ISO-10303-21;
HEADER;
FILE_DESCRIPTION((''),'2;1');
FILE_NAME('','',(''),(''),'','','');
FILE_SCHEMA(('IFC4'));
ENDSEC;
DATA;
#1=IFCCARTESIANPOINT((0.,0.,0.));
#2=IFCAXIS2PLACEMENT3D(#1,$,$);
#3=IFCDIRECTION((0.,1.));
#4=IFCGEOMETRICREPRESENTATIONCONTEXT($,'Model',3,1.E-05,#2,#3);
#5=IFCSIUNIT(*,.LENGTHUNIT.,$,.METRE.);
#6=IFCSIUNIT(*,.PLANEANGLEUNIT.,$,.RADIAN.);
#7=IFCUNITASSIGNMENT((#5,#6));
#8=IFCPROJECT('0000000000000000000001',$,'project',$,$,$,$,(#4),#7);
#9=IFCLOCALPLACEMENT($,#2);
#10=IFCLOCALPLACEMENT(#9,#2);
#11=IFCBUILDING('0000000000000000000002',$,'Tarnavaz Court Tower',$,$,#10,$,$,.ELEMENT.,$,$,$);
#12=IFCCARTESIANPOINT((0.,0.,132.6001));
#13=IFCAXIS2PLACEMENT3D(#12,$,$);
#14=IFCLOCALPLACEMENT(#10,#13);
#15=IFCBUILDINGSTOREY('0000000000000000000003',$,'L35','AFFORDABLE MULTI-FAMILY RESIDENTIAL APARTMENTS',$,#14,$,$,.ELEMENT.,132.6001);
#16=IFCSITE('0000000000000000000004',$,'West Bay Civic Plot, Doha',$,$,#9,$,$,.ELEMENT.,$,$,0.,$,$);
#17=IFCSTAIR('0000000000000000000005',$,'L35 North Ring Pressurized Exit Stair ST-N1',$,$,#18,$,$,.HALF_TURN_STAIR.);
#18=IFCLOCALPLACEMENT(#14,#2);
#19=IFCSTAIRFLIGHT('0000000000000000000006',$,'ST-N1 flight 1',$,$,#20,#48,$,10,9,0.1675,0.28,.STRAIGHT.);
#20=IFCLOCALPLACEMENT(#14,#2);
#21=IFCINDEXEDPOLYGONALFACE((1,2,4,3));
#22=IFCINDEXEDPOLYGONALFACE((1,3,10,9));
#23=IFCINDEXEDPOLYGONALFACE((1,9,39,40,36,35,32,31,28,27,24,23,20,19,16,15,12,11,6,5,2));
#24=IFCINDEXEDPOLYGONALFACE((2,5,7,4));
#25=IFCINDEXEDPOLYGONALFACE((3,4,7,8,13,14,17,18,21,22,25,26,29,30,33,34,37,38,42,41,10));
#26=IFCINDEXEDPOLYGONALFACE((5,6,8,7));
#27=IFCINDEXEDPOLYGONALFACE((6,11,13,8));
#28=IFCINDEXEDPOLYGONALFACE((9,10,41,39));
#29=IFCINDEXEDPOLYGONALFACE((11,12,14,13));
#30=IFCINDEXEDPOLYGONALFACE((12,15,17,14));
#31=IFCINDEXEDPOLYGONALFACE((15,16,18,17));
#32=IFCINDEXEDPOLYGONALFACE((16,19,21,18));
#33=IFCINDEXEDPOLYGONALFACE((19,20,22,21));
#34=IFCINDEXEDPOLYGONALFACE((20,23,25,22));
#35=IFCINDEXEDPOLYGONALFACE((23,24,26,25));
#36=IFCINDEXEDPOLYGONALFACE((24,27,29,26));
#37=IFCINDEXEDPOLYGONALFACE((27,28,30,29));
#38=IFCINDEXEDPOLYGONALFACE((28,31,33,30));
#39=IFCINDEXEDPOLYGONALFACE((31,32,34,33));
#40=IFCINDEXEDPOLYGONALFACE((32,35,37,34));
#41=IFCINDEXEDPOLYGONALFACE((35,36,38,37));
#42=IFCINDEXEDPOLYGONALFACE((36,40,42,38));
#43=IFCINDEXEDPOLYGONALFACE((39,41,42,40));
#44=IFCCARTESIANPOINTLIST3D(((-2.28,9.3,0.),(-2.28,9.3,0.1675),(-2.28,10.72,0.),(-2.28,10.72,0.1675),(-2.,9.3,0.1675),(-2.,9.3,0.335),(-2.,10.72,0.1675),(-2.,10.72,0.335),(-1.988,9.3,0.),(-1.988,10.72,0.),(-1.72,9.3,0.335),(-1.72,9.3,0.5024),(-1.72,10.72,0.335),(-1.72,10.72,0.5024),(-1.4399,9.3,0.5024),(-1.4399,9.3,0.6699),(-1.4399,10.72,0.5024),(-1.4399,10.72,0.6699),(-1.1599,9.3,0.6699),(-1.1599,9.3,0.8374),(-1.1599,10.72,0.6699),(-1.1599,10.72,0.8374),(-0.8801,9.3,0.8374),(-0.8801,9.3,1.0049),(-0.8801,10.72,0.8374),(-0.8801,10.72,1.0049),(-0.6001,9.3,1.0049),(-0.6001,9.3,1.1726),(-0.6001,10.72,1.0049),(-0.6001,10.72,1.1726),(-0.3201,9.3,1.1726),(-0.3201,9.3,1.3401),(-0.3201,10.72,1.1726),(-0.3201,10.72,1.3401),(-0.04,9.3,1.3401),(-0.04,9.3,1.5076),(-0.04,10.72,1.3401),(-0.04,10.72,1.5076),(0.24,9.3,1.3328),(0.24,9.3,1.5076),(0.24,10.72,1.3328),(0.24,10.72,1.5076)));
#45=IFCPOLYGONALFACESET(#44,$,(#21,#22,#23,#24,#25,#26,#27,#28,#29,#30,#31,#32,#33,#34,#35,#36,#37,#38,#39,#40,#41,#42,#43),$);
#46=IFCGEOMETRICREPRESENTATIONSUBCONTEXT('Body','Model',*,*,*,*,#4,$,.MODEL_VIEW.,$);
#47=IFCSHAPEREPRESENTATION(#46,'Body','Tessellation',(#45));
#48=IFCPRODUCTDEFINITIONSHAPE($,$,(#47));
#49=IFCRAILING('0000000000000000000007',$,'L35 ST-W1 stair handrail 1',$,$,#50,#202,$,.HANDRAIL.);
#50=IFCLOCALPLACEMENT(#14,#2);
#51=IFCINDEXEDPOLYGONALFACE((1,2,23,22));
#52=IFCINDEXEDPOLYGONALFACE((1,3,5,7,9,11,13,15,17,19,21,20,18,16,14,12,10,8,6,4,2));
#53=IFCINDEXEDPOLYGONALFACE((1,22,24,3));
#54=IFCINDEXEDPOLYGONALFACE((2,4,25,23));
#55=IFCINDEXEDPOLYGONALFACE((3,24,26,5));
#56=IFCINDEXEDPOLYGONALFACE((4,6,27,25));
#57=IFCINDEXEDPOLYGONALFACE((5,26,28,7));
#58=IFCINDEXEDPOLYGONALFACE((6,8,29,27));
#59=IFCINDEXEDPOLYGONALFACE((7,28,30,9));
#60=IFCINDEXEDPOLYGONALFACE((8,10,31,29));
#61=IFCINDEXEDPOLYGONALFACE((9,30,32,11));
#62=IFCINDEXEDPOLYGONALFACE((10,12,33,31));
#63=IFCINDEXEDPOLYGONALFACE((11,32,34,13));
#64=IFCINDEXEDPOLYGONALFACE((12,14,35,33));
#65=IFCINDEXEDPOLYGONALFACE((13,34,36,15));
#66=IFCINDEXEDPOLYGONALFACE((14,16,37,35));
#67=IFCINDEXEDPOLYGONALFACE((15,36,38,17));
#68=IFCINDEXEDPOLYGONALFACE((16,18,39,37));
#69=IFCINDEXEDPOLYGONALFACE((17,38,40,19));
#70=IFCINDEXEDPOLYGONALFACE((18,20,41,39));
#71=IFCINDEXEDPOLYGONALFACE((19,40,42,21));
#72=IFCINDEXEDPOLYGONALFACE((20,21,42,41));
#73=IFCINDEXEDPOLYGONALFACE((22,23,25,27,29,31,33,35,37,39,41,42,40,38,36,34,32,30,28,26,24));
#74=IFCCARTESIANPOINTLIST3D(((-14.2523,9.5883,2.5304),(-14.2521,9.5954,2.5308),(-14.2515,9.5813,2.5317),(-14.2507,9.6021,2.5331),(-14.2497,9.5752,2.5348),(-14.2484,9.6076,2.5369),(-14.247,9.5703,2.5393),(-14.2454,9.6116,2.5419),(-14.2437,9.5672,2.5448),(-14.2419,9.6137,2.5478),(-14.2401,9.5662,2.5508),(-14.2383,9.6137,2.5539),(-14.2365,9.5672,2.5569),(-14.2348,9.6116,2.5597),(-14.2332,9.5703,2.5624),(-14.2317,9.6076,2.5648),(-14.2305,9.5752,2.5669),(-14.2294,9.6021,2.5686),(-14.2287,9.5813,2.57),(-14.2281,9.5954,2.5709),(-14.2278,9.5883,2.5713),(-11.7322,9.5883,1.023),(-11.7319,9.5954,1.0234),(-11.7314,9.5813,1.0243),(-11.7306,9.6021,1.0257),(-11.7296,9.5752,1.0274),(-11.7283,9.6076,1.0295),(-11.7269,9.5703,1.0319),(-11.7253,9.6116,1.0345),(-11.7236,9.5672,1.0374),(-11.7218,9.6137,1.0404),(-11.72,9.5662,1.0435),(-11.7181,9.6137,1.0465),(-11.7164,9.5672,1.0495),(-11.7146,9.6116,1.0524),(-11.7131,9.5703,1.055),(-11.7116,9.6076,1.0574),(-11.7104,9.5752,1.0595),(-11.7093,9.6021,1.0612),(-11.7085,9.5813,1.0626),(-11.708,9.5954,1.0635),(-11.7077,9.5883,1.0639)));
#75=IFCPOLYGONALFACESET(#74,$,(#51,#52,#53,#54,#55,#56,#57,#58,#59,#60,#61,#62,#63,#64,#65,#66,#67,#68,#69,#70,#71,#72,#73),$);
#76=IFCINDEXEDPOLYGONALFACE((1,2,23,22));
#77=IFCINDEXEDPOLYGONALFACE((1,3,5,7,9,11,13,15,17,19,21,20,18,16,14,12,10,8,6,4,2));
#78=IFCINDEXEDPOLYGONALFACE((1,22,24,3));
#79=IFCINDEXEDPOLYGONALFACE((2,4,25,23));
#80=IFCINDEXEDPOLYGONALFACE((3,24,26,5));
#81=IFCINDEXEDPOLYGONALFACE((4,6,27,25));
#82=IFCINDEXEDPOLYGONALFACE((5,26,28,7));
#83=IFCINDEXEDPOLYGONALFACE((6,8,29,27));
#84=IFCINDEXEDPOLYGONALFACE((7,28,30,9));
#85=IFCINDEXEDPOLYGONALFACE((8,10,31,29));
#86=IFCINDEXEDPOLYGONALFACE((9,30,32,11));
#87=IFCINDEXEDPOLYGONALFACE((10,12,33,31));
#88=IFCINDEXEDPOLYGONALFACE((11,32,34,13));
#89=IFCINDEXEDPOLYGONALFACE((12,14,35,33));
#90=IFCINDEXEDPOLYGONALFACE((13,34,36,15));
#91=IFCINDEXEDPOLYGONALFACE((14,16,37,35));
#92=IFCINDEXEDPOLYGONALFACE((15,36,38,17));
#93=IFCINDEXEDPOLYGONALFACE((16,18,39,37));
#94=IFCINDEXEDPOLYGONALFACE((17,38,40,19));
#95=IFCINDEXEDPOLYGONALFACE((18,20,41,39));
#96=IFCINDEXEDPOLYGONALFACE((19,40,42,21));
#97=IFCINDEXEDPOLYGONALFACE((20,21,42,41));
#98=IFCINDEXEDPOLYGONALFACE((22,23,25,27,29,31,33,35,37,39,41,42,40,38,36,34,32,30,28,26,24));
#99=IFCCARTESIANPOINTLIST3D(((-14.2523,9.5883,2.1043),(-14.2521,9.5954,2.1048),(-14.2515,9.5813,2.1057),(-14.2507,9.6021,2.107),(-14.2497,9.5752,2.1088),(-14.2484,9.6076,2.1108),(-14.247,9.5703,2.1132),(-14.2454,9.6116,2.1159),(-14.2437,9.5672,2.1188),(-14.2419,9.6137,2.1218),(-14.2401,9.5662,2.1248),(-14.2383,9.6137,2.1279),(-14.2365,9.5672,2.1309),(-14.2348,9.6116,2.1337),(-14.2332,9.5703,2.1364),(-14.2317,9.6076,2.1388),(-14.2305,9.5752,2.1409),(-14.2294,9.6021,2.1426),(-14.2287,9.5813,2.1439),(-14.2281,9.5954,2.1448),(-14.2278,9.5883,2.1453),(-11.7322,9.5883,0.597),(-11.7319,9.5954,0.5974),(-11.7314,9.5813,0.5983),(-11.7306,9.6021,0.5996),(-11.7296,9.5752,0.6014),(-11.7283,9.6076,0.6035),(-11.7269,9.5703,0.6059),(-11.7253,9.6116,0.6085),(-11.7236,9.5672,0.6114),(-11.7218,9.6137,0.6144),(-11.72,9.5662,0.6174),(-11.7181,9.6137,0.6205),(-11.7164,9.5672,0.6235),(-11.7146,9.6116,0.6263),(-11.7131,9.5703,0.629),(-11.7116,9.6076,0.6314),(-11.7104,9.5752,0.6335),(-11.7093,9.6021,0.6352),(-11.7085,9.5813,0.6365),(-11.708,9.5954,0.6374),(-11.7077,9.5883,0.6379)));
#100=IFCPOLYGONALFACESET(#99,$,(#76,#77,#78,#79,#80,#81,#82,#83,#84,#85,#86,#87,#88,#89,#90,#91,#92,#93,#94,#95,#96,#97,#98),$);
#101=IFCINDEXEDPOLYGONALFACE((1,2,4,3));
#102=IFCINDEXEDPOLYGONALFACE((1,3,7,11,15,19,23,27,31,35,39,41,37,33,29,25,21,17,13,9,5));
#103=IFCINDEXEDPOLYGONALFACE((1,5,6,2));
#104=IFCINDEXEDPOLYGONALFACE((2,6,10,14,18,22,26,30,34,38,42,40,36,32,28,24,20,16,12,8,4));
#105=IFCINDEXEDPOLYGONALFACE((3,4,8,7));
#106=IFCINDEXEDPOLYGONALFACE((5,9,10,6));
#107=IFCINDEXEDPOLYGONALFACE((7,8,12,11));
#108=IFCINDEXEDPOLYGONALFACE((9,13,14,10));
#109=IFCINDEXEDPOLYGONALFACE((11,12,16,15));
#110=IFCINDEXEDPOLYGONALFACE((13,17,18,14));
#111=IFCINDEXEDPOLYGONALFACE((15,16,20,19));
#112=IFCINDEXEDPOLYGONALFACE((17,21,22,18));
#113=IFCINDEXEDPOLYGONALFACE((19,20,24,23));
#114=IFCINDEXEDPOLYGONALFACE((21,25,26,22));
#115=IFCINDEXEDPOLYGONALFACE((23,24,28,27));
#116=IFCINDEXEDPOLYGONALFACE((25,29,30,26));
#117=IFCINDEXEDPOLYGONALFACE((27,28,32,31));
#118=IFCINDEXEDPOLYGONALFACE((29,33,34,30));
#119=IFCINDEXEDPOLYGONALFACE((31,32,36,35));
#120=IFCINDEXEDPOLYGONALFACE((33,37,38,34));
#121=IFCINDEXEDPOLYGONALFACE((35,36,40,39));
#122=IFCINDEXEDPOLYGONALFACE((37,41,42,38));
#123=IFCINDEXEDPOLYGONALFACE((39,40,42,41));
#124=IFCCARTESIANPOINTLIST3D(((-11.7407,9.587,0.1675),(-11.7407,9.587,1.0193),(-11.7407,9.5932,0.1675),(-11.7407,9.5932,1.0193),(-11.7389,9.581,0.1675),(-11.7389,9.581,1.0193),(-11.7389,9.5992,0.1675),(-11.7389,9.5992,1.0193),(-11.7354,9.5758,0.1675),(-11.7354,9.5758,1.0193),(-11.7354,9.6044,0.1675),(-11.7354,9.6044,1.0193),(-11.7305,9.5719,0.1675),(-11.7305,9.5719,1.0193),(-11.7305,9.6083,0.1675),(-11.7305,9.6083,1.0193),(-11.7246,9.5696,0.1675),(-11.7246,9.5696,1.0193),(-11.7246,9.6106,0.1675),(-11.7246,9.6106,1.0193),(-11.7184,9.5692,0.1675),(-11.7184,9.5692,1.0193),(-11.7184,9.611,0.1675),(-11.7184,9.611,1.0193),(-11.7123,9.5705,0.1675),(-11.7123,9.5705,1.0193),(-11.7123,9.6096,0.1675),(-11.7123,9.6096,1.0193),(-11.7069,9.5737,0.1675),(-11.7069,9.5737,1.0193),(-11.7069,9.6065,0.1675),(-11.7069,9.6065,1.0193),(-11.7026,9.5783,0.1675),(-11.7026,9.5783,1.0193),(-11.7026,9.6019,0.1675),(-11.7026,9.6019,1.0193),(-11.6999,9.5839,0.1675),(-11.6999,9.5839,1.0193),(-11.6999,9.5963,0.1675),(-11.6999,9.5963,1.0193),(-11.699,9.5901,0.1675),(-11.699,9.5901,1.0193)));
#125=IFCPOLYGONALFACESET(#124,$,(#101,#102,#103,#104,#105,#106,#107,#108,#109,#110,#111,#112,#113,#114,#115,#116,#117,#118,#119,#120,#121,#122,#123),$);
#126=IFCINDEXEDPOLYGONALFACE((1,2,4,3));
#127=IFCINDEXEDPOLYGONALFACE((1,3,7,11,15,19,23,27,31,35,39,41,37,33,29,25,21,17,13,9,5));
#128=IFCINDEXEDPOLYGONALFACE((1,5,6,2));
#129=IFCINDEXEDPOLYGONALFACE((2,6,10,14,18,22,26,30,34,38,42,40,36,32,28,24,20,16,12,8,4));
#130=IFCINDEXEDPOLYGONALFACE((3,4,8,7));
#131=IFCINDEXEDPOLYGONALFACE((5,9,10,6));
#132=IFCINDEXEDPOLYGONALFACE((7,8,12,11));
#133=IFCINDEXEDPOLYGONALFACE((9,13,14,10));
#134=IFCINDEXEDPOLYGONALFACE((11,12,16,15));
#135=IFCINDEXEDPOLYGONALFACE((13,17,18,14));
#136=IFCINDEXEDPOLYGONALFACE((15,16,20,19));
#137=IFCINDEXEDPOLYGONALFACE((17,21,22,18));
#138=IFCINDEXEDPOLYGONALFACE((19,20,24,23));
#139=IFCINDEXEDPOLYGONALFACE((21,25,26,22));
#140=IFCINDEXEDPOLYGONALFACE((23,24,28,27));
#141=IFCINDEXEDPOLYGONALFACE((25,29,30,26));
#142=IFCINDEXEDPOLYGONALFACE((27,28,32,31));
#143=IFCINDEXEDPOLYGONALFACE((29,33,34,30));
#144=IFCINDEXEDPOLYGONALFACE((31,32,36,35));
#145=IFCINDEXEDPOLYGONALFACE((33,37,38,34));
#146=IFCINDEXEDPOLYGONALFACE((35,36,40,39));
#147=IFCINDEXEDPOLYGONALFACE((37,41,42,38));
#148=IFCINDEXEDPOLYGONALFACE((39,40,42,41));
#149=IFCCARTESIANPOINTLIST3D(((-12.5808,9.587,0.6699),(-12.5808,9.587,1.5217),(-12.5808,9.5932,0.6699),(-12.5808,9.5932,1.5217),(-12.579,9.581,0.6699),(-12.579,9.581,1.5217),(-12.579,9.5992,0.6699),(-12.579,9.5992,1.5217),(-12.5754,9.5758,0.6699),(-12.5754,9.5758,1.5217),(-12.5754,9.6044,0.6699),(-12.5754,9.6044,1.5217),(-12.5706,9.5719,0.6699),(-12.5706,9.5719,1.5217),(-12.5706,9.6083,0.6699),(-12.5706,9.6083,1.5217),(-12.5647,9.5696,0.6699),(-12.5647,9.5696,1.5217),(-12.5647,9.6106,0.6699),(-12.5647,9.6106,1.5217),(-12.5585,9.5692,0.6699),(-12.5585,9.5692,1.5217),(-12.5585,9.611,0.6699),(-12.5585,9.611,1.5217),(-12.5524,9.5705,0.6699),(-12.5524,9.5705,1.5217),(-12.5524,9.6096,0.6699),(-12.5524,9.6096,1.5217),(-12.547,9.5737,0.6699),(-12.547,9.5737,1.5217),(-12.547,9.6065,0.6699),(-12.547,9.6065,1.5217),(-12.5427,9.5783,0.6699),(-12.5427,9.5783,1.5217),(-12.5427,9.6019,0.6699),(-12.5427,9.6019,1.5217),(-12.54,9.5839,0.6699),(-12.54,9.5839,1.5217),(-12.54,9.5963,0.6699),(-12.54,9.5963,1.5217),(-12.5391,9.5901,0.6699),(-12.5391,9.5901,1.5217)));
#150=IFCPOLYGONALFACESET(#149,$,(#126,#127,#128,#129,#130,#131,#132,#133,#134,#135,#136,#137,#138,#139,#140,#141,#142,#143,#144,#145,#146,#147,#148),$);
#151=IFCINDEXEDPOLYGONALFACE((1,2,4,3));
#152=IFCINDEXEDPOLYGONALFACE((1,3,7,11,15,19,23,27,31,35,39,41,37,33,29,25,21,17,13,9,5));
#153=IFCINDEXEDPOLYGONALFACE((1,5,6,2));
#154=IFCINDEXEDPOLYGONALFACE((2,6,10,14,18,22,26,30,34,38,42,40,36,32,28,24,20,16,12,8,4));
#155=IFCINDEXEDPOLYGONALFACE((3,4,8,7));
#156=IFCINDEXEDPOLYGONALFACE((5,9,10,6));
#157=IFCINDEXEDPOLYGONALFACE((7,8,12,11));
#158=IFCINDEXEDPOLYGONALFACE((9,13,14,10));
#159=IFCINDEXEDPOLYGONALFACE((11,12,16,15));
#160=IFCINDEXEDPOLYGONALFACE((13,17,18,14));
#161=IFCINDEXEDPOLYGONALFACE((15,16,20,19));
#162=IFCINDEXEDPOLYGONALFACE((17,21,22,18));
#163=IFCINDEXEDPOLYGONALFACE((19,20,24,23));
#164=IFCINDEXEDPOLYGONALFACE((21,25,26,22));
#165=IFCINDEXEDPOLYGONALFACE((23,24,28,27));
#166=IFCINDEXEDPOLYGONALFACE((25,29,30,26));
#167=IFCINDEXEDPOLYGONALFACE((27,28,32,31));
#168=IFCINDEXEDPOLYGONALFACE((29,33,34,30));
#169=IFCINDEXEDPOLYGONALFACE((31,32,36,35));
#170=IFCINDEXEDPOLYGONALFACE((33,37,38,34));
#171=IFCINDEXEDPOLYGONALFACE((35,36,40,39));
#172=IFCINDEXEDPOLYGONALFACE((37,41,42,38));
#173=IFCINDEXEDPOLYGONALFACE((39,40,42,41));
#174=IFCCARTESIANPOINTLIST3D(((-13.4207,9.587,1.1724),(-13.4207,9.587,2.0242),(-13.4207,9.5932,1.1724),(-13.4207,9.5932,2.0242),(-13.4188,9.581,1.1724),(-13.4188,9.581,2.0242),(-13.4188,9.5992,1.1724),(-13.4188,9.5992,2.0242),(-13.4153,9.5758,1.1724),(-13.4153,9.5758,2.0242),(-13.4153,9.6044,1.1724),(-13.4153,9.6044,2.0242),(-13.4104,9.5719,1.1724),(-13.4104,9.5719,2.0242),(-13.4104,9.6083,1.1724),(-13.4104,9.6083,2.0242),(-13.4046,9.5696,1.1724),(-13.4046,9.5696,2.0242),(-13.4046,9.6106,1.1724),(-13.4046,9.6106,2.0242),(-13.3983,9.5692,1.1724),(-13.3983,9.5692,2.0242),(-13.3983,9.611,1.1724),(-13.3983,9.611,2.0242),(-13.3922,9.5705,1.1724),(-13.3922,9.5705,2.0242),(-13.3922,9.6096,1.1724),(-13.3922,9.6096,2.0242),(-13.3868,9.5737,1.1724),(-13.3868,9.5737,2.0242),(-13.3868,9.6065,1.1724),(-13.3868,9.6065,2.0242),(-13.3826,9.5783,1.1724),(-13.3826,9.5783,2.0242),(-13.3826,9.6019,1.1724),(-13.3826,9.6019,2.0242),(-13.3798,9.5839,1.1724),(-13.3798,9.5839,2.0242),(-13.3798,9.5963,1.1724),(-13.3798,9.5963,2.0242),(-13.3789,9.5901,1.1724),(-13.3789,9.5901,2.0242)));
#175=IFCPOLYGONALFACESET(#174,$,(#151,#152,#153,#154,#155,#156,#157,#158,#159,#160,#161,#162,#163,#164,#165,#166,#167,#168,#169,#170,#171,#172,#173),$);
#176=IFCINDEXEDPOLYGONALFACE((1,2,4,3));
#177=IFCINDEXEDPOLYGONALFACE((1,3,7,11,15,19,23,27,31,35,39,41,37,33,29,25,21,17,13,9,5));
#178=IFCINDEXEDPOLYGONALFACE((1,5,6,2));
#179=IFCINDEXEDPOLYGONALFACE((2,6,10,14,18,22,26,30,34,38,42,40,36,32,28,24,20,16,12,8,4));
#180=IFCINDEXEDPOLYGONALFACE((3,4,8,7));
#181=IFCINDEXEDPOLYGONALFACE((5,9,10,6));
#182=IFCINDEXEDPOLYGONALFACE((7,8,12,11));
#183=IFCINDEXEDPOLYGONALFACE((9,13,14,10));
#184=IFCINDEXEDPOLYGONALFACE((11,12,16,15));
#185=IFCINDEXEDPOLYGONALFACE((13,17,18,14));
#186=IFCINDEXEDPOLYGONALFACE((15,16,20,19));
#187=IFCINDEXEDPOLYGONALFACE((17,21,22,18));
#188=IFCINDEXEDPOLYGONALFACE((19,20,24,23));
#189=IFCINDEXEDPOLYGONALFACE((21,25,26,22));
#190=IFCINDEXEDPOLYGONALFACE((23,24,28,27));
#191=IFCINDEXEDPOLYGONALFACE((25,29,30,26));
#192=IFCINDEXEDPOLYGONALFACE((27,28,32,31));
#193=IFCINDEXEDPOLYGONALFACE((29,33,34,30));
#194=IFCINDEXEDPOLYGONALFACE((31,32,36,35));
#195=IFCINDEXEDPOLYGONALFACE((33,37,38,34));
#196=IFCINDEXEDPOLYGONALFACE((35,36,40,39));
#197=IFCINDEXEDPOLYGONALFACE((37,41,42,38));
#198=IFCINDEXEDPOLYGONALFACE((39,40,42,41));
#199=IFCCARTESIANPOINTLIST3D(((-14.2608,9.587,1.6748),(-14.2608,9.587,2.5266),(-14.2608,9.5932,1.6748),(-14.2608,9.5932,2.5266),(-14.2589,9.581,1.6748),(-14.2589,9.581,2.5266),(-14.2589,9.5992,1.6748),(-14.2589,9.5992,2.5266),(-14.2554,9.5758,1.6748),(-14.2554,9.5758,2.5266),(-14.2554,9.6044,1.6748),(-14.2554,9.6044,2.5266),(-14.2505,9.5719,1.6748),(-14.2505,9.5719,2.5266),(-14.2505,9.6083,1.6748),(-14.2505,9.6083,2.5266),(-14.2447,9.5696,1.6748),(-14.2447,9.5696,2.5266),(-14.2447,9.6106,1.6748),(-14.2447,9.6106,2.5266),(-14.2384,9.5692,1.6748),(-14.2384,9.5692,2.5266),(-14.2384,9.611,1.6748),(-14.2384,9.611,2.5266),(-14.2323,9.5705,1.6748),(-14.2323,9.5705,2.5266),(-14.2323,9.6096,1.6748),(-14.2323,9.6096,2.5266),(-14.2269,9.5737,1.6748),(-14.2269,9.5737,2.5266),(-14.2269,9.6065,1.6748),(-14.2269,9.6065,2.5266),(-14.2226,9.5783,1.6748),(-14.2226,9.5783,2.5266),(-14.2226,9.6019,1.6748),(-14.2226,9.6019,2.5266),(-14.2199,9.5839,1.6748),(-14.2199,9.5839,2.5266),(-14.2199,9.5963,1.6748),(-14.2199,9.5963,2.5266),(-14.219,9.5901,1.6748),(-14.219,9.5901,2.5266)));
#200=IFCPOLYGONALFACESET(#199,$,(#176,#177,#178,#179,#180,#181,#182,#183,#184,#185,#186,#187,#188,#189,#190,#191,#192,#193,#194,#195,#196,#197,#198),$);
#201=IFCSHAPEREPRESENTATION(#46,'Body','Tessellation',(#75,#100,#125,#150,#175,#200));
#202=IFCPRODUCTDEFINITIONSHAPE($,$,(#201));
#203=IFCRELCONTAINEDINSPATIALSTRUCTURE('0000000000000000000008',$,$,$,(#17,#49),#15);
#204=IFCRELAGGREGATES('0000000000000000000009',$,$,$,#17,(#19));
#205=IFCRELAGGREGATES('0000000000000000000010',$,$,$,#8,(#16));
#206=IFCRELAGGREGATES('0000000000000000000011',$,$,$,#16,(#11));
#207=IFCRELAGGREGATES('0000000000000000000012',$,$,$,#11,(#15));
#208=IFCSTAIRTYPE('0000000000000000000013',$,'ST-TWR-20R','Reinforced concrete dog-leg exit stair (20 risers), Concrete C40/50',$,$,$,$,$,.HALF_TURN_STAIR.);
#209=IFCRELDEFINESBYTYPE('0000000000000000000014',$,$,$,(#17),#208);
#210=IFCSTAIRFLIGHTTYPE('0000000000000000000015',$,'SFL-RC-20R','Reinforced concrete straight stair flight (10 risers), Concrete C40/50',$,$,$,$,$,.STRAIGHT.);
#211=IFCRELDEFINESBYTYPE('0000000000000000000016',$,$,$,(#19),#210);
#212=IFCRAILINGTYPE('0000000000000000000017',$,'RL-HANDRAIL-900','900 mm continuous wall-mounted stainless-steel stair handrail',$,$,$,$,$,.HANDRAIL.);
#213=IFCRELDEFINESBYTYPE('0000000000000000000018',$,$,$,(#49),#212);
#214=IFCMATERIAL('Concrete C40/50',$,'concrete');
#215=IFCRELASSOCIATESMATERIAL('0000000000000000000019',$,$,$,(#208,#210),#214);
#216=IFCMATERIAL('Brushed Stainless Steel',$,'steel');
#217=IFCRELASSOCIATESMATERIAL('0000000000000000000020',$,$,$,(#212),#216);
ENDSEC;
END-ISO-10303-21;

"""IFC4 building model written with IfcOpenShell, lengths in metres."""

from ifc_helpers import new_model, si_unit, direction, frame, origin, origin_2d, place, context, subcontext, project, spatial, polyline, circle, outline, extrude, material, type_object, element, aggregate, save


model = new_model("IFC4")

# Units and contexts
model_context = context("Model", 3, precision=1e-05, world=origin(), true_north=direction((0.0, 1.0)))
body_context = subcontext(model_context, "Body", "Model", "MODEL_VIEW")
ifc_project = project(units=[si_unit("LENGTHUNIT", "METRE"), si_unit("PLANEANGLEUNIT", "RADIAN")], contexts=[model_context])

# Site, building, storey
site_placement = place(None, origin())
site = spatial("IfcSite", under=ifc_project, at=site_placement, Name="West Bay Civic Plot, Doha", CompositionType="ELEMENT", RefElevation=0.0)
building_placement = place(site_placement, origin())
building = spatial("IfcBuilding", under=site, at=building_placement, Name="Tarnavaz Court Tower", CompositionType="ELEMENT")
storey_placement = place(building_placement, frame((0.0, 0.0, 132.6001)))
storey = spatial("IfcBuildingStorey", under=building, at=storey_placement, Name="L35", Description="AFFORDABLE MULTI-FAMILY RESIDENTIAL APARTMENTS", CompositionType="ELEMENT", Elevation=132.6001)

# Shared definitions
ifc_material_1 = material(Name="Concrete C40/50", Category="concrete")
stair_type = type_object("IfcStairType", Name="ST-TWR-20R", Description="Reinforced concrete dog-leg exit stair (20 risers), Concrete C40/50", PredefinedType="HALF_TURN_STAIR", material=ifc_material_1)
stair_flight_type = type_object("IfcStairFlightType", Name="SFL-RC-20R", Description="Reinforced concrete straight stair flight (10 risers), Concrete C40/50", PredefinedType="STRAIGHT", material=ifc_material_1)

# Stair, stair flight
stair_1_placement = place(storey_placement, origin())
stair_1 = element("IfcStair", 1, at=stair_1_placement, inside=storey, type_object=stair_type, Name="L35 North Ring Pressurized Exit Stair ST-N1", PredefinedType="HALF_TURN_STAIR")
stair_flight_1_placement = place(storey_placement, frame((-2.28, 10.01, 0.0), z_axis=(0.0, 0.0, 1.0), x_axis=(1.0, 0.0, 0.0)))
stair_flight_1 = element("IfcStairFlight", 2, at=stair_flight_1_placement, type_object=stair_flight_type, Name="ST-N1 flight 1", NumberOfRisers=10, NumberOfTreads=9, PredefinedType="STRAIGHT", RiserHeight=0.1675, TreadLength=0.28, context=body_context, shape_type="SweptSolid", body=[
    extrude(outline(polyline([(0.0, 0.0), (0.0, 0.1675), (0.28, 0.1675), (0.28, 0.335), (0.5601, 0.335), (0.5601, 0.5024), (0.8401, 0.5024), (0.8401, 0.6699), (1.1201, 0.6699), (1.1201, 0.8374), (1.3999, 0.8374), (1.3999, 1.0049), (1.6799, 1.0049), (1.6799, 1.1726), (1.96, 1.1726), (1.96, 1.3401), (2.24, 1.3401), (2.24, 1.5076), (2.52, 1.5076), (2.52, 1.675), (2.52, 1.3328), (0.292, 0.0), (0.0, 0.0)])), frame((0.0, 0.71, 0.0), z_axis=(0.0, -1.0, 0.0), x_axis=(1.0, 0.0, 0.0)), (0.0, 0.0, 1.0), 1.4199),
])
aggregate(stair_1, [stair_flight_1])

# Railing
ifc_material_2 = material(Name="Brushed Stainless Steel", Category="steel")
railing_type_1 = type_object("IfcRailingType", Name="RL-HANDRAIL-900", Description="900 mm continuous wall-mounted stainless-steel stair handrail", PredefinedType="HANDRAIL", material=ifc_material_2)
railing_1_placement = place(storey_placement, frame((-11.72, 9.5901, 0.1675)))
element("IfcRailing", 3, at=railing_1_placement, inside=storey, type_object=railing_type_1, Name="L35 ST-W1 stair handrail 1", PredefinedType="HANDRAIL", context=body_context, shape_type="SweptSolid", body=[
    extrude(circle(Radius=0.0239, at=origin_2d()), frame((0.0, 0.0, 0.876), z_axis=(-0.858196, 0.0, 0.513321), x_axis=(0.0, -1.0, 0.0)), (0.0, 0.0, 1.0), 2.9365),
    extrude(circle(Radius=0.0239, at=origin_2d()), frame((0.0, 0.0, 0.45), z_axis=(-0.858196, 0.0, 0.513321), x_axis=(0.0, -1.0, 0.0)), (0.0, 0.0, 1.0), 2.9365),
    extrude(circle(Radius=0.021, at=origin_2d()), origin(), (0.0, 0.0, 1.0), 0.8518),
    extrude(circle(Radius=0.021, at=origin_2d()), frame((-0.8401, 0.0, 0.5024)), (0.0, 0.0, 1.0), 0.8518),
    extrude(circle(Radius=0.021, at=origin_2d()), frame((-1.6799, 0.0, 1.0049)), (0.0, 0.0, 1.0), 0.8518),
    extrude(circle(Radius=0.021, at=origin_2d()), frame((-2.52, 0.0, 1.5073)), (0.0, 0.0, 1.0), 0.8518),
])

save(model, "model.ifc")
